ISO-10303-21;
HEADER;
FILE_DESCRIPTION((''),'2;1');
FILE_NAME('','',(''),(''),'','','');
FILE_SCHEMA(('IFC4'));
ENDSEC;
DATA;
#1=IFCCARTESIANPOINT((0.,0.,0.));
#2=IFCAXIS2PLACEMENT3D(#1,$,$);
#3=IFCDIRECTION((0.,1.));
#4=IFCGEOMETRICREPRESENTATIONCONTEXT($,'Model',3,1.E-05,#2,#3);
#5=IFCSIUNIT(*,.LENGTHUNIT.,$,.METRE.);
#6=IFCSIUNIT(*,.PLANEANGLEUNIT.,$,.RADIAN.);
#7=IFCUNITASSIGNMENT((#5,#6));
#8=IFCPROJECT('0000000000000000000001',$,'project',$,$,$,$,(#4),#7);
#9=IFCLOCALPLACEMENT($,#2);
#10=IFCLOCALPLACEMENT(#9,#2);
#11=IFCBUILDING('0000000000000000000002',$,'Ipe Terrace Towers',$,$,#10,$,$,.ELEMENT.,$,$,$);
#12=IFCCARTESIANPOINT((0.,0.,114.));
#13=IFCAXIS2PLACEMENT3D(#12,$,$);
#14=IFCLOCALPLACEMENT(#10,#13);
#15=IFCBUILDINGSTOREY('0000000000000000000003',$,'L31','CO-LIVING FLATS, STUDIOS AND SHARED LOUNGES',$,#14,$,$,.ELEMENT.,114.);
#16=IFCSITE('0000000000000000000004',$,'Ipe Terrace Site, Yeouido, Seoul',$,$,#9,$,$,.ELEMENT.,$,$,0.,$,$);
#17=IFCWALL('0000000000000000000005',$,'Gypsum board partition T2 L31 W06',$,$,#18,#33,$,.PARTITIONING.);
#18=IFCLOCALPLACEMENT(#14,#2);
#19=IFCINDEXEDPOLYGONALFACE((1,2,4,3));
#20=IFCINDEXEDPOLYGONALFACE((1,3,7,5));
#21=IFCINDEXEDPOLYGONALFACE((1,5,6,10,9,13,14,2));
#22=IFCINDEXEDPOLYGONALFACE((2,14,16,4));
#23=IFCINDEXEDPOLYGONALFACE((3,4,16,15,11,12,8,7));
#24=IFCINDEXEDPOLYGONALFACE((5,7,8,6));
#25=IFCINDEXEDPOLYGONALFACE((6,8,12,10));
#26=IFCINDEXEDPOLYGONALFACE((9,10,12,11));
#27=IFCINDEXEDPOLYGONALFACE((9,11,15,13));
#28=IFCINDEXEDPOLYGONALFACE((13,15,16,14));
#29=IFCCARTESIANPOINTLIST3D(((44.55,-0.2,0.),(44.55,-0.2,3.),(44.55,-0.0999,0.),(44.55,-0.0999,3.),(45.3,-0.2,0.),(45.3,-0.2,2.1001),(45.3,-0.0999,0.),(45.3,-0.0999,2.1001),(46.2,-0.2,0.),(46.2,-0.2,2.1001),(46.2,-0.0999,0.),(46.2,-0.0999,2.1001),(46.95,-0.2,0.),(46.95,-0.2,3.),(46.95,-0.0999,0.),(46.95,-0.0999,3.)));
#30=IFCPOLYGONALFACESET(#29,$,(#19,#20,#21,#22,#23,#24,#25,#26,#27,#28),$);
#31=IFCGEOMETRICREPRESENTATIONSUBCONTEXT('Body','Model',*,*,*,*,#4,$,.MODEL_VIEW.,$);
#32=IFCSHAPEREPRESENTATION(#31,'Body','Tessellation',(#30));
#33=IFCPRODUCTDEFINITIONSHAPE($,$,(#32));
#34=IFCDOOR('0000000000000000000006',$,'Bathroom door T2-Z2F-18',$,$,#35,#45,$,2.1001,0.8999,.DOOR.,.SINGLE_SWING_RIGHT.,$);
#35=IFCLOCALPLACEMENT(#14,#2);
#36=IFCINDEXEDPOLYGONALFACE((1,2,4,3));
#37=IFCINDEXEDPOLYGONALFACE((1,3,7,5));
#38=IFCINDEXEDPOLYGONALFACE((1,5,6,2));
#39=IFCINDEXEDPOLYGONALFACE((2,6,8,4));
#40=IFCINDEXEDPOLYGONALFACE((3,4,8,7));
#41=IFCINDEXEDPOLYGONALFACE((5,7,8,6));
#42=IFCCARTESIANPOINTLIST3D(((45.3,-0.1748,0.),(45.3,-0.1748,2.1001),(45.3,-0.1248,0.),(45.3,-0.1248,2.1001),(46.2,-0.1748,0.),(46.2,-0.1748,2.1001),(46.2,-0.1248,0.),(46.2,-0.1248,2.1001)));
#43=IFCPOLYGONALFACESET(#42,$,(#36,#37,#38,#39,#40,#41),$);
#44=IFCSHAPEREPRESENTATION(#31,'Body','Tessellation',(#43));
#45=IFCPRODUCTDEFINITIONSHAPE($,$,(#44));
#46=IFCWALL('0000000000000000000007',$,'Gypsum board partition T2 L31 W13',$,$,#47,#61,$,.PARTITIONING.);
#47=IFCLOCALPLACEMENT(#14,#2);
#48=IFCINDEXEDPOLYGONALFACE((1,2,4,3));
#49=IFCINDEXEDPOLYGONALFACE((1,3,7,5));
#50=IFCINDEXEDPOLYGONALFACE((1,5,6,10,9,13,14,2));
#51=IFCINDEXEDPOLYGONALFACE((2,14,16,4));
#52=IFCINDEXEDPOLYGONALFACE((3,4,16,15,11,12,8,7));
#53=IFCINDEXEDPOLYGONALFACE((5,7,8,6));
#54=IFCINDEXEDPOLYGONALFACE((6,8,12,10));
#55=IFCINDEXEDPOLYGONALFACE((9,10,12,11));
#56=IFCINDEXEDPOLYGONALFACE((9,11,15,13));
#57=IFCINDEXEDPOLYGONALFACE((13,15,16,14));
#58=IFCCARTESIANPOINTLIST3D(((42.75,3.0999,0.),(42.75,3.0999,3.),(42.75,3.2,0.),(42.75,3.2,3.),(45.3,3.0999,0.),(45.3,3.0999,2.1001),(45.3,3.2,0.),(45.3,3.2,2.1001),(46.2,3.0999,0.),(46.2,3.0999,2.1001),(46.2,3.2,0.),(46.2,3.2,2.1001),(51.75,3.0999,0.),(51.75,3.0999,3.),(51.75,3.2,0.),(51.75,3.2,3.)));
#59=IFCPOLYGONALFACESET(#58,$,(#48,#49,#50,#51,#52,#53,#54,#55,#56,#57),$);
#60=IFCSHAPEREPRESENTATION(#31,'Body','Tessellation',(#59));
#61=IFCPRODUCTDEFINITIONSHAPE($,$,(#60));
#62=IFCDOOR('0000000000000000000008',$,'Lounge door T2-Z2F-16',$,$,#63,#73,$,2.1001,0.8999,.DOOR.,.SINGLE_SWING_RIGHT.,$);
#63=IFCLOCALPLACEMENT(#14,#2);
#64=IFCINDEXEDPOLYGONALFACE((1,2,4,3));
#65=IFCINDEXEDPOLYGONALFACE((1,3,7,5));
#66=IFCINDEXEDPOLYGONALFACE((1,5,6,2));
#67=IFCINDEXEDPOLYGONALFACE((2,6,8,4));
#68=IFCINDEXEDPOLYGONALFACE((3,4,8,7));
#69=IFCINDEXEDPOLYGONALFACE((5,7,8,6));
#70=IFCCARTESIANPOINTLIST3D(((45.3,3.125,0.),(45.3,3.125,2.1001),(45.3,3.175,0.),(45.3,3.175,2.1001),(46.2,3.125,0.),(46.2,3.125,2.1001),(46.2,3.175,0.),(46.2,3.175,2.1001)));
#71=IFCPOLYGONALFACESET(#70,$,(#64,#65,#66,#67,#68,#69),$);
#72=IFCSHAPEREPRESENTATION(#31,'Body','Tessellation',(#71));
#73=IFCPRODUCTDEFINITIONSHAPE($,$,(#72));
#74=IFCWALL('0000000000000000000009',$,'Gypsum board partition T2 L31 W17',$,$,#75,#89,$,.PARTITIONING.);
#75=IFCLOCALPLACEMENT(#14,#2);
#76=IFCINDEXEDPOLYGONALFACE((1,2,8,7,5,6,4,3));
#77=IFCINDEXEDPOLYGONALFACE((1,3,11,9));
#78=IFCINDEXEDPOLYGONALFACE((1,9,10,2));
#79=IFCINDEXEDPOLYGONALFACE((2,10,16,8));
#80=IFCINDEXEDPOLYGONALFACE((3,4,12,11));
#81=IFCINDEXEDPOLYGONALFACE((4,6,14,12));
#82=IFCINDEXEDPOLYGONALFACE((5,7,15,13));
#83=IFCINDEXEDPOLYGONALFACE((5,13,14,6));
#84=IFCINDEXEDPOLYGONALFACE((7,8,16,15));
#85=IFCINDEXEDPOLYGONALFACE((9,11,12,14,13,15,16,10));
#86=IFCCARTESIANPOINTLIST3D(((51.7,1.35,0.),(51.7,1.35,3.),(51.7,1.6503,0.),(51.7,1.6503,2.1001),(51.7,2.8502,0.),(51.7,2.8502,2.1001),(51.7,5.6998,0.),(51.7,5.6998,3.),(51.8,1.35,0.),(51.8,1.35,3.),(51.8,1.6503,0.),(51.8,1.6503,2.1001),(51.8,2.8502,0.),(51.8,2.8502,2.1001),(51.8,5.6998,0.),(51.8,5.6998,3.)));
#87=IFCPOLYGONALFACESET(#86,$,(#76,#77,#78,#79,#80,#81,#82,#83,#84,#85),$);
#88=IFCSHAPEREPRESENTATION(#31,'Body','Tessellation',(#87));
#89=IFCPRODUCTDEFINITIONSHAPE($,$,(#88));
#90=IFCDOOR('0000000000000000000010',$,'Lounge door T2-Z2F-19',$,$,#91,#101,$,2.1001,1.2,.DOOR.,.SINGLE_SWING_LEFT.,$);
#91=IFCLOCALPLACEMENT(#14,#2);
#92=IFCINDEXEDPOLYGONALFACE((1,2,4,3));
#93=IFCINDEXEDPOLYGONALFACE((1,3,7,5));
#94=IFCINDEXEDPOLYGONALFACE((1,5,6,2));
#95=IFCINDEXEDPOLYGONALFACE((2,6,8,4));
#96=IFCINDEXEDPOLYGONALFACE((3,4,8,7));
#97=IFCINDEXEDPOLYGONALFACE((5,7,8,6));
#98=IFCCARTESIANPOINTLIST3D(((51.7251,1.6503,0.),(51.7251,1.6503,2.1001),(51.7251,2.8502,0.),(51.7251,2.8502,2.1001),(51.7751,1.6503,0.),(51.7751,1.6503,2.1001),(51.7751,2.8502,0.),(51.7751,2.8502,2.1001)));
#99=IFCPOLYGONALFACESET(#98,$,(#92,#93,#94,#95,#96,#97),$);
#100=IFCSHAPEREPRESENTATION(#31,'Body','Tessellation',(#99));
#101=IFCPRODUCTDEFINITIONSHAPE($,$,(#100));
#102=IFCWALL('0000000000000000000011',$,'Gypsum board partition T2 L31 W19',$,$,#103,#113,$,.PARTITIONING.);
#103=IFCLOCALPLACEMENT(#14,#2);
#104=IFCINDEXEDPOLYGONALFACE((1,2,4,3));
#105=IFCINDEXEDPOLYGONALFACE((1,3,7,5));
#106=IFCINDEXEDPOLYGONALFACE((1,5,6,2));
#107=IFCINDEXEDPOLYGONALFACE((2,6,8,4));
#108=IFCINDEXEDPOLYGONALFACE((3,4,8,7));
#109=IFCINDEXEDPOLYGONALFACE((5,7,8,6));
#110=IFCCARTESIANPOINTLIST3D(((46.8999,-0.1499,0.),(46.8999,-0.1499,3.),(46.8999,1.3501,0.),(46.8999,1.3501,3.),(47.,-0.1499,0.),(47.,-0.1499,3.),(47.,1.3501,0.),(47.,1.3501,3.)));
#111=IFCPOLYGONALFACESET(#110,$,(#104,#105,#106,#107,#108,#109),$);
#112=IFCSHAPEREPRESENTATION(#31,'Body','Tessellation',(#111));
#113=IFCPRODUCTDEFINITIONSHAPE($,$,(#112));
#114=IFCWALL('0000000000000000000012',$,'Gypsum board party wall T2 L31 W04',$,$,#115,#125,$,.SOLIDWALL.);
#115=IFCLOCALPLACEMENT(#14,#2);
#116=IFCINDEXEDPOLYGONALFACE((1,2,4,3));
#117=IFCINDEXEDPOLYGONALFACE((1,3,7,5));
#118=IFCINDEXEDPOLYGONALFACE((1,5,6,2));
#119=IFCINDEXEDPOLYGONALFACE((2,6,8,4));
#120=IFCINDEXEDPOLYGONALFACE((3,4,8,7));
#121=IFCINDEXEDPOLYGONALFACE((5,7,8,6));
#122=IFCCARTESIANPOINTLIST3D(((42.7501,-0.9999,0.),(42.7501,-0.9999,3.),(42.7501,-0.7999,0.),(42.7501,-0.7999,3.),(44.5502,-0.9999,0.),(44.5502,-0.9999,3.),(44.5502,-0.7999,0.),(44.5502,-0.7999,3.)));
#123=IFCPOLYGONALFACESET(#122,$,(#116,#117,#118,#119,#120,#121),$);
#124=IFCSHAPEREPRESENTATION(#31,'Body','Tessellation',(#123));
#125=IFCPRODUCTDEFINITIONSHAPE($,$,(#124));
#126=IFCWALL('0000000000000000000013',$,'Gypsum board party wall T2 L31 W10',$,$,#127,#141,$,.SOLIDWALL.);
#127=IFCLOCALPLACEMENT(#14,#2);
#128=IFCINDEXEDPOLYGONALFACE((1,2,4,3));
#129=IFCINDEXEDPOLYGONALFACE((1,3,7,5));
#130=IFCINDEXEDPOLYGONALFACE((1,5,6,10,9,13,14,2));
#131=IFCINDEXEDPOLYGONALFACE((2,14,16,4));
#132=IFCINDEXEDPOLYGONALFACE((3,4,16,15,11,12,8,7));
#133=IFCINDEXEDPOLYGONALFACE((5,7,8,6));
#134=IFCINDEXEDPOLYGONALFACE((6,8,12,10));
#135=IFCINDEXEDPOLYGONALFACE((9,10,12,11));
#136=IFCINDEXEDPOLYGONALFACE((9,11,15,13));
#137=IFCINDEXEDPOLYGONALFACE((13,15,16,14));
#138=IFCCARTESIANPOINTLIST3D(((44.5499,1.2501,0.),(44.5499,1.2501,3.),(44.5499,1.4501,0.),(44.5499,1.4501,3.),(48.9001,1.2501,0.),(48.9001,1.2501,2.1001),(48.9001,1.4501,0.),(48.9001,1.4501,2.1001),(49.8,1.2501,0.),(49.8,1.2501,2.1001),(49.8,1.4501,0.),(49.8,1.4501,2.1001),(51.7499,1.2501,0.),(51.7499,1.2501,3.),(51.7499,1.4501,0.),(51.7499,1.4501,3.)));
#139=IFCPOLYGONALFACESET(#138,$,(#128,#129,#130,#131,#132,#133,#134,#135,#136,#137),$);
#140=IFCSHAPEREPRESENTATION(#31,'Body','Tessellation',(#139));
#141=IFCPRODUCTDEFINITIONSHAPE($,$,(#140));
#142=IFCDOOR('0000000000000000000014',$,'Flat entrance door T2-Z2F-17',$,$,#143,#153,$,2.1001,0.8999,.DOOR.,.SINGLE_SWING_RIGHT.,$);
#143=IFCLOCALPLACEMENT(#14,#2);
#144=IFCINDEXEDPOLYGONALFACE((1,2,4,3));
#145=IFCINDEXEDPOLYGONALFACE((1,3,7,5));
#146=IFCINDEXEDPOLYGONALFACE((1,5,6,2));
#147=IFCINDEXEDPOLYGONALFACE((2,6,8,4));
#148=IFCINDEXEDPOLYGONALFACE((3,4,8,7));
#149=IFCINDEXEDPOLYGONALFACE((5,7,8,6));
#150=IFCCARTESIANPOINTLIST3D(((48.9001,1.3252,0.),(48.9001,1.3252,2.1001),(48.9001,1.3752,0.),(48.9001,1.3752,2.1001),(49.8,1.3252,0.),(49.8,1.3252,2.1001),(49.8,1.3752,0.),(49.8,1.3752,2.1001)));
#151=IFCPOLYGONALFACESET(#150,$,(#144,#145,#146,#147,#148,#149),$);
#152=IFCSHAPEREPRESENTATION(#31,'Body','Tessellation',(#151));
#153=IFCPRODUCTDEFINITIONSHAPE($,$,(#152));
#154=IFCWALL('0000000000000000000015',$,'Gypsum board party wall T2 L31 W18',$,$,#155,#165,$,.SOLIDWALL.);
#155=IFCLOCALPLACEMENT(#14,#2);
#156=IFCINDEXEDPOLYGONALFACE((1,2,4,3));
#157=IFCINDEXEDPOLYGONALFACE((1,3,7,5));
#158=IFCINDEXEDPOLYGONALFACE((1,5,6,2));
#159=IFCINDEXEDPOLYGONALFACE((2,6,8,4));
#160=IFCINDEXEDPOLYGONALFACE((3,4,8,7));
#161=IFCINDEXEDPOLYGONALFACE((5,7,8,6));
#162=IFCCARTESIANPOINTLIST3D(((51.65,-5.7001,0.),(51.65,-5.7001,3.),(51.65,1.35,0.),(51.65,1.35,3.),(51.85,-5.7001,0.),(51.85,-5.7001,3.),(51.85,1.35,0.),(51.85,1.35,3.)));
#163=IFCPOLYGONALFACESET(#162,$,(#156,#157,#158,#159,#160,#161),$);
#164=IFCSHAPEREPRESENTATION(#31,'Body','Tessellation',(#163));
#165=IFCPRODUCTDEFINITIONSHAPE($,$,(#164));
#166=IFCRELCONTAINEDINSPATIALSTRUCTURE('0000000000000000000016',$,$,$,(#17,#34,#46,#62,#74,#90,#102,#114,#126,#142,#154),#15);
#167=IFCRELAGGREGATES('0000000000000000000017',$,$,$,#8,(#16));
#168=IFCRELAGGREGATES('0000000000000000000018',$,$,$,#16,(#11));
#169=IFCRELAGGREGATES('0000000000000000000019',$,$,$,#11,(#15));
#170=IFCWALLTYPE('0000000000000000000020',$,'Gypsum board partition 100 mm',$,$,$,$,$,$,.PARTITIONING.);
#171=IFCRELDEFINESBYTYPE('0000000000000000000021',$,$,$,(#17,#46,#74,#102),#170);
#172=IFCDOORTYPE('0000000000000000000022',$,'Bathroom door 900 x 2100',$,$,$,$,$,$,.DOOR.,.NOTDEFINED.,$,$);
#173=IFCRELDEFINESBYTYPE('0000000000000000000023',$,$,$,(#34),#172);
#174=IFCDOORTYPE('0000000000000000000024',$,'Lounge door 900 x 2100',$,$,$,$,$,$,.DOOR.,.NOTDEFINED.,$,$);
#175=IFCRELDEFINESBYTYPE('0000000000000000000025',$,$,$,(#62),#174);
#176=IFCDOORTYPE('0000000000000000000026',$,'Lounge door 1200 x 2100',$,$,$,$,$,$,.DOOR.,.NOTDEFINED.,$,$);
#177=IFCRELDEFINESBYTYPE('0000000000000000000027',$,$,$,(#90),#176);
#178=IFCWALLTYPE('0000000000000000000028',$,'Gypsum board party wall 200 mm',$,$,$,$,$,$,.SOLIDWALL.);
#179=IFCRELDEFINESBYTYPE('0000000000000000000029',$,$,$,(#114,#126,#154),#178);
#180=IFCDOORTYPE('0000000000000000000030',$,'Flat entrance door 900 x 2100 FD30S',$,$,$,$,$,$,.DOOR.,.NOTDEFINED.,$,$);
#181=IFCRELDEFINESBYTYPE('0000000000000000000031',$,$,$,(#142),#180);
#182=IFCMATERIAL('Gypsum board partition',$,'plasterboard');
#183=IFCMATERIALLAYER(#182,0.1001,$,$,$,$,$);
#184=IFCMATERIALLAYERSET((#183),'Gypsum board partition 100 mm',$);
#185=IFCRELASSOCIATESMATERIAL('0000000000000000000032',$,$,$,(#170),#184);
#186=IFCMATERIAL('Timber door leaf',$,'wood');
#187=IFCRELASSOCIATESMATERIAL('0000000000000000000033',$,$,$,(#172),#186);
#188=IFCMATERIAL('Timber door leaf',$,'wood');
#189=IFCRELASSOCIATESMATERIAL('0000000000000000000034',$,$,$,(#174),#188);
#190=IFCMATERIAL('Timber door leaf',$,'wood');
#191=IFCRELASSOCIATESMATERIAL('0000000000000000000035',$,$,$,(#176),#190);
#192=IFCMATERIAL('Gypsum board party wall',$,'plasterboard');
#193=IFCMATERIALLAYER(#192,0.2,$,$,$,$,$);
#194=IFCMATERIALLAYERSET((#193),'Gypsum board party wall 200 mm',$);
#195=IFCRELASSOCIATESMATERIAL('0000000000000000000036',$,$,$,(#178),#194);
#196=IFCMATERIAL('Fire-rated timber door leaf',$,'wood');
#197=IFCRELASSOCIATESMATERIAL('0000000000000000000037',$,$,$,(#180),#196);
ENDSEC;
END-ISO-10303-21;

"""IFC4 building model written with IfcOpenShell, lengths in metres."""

from ifc_helpers import new_model, si_unit, direction, frame, frame_2d, origin, place, context, subcontext, project, spatial, rectangle, extrude, material, layer, layer_set, type_object, element, fill, save


model = new_model("IFC4")

# Units and contexts
model_context = context("Model", 3, precision=1e-05, world=origin(), true_north=direction((0.0, 1.0)))
body_context = subcontext(model_context, "Body", "Model", "MODEL_VIEW")
ifc_project = project(units=[si_unit("LENGTHUNIT", "METRE"), si_unit("PLANEANGLEUNIT", "RADIAN")], contexts=[model_context])

# Site, building, storey
site_placement = place(None, origin())
site = spatial("IfcSite", under=ifc_project, at=site_placement, Name="Ipe Terrace Site, Yeouido, Seoul", CompositionType="ELEMENT", RefElevation=0.0)
building_placement = place(site_placement, origin())
building = spatial("IfcBuilding", under=site, at=building_placement, Name="Ipe Terrace Towers", CompositionType="ELEMENT")
storey_placement = place(building_placement, frame((0.0, 0.0, 114.0)))
storey = spatial("IfcBuildingStorey", under=building, at=storey_placement, Name="L31", Description="CO-LIVING FLATS, STUDIOS AND SHARED LOUNGES", CompositionType="ELEMENT", Elevation=114.0)

# Walls, openings, doors
ifc_material_1 = material(Name="Gypsum board partition", Category="plasterboard")
ifc_layer_1 = layer(ifc_material_1, 0.1001)
ifc_layer_set_1 = layer_set([ifc_layer_1], Name="Gypsum board partition 100 mm")
wall_type_1 = type_object("IfcWallType", Name="Gypsum board partition 100 mm", PredefinedType="PARTITIONING", material=ifc_layer_set_1)
wall_1_placement = place(storey_placement, frame((46.95, -0.1499, 0.0), z_axis=(0.0, 0.0, 1.0), x_axis=(-1.0, 0.0, 0.0)))
wall_1 = element("IfcWall", 1, at=wall_1_placement, inside=storey, type_object=wall_type_1, Name="Gypsum board partition T2 L31 W06", PredefinedType="PARTITIONING", context=body_context, shape_type="SweptSolid", body=[
    extrude(rectangle(XDim=2.3999, YDim=0.1001, at=frame_2d((1.2, 0.0))), origin(), (0.0, 0.0, 1.0), 3.0),
])
opening_1_placement = place(wall_1_placement, frame((0.75, 0.0, 0.0)))
opening_1 = element("IfcOpeningElement", 2, at=opening_1_placement, cuts=wall_1, PredefinedType="OPENING", context=body_context, shape_type="SweptSolid", body=[
    extrude(rectangle(XDim=0.8999, YDim=2.1001, at=frame_2d((0.45, 1.05))), frame((0.0, 0.0601, 0.0), z_axis=(0.0, -1.0, 0.0), x_axis=(1.0, 0.0, 0.0)), (0.0, 0.0, 1.0), 0.1201),
])
ifc_material_2 = material(Name="Timber door leaf", Category="wood")
door_type_1 = type_object("IfcDoorType", Name="Bathroom door 900 x 2100", OperationType="NOTDEFINED", PredefinedType="DOOR", material=ifc_material_2)
door_1_placement = place(opening_1_placement, origin())
door_1 = element("IfcDoor", 3, at=door_1_placement, inside=storey, type_object=door_type_1, Name="Bathroom door T2-Z2F-18", OperationType="SINGLE_SWING_RIGHT", OverallHeight=2.1001, OverallWidth=0.8999, PredefinedType="DOOR", context=body_context, shape_type="SweptSolid", body=[
    extrude(rectangle(XDim=0.8999, YDim=2.1001, at=frame_2d((0.45, 1.05))), frame((0.0, 0.0249, 0.0), z_axis=(0.0, -1.0, 0.0), x_axis=(1.0, 0.0, 0.0)), (0.0, 0.0, 1.0), 0.05),
])
fill(opening_1, door_1)
wall_2_placement = place(storey_placement, frame((51.75, 3.1499, 0.0), z_axis=(0.0, 0.0, 1.0), x_axis=(-1.0, 0.0, 0.0)))
wall_2 = element("IfcWall", 4, at=wall_2_placement, inside=storey, type_object=wall_type_1, Name="Gypsum board partition T2 L31 W13", PredefinedType="PARTITIONING", context=body_context, shape_type="SweptSolid", body=[
    extrude(rectangle(XDim=9.0, YDim=0.1001, at=frame_2d((4.5, 0.0))), origin(), (0.0, 0.0, 1.0), 3.0),
])
opening_2_placement = place(wall_2_placement, frame((5.55, 0.0, 0.0)))
opening_2 = element("IfcOpeningElement", 5, at=opening_2_placement, cuts=wall_2, PredefinedType="OPENING", context=body_context, shape_type="SweptSolid", body=[
    extrude(rectangle(XDim=0.8999, YDim=2.1001, at=frame_2d((0.45, 1.05))), frame((0.0, 0.0601, 0.0), z_axis=(0.0, -1.0, 0.0), x_axis=(1.0, 0.0, 0.0)), (0.0, 0.0, 1.0), 0.1201),
])
ifc_material_3 = material(Name="Timber door leaf", Category="wood")
door_type_2 = type_object("IfcDoorType", Name="Lounge door 900 x 2100", OperationType="NOTDEFINED", PredefinedType="DOOR", material=ifc_material_3)
door_2_placement = place(opening_2_placement, origin())
door_2 = element("IfcDoor", 6, at=door_2_placement, inside=storey, type_object=door_type_2, Name="Lounge door T2-Z2F-16", OperationType="SINGLE_SWING_RIGHT", OverallHeight=2.1001, OverallWidth=0.8999, PredefinedType="DOOR", context=body_context, shape_type="SweptSolid", body=[
    extrude(rectangle(XDim=0.8999, YDim=2.1001, at=frame_2d((0.45, 1.05))), frame((0.0, 0.0249, 0.0), z_axis=(0.0, -1.0, 0.0), x_axis=(1.0, 0.0, 0.0)), (0.0, 0.0, 1.0), 0.05),
])
fill(opening_2, door_2)
wall_3_placement = place(storey_placement, frame((51.75, 1.3501, 0.0), z_axis=(0.0, 0.0, 1.0), x_axis=(0.0, 1.0, 0.0)))
wall_3 = element("IfcWall", 7, at=wall_3_placement, inside=storey, type_object=wall_type_1, Name="Gypsum board partition T2 L31 W17", PredefinedType="PARTITIONING", context=body_context, shape_type="SweptSolid", body=[
    extrude(rectangle(XDim=4.3499, YDim=0.1001, at=frame_2d((2.1748, 0.0))), origin(), (0.0, 0.0, 1.0), 3.0),
])
opening_3_placement = place(wall_3_placement, frame((0.3, 0.0, 0.0)))
opening_3 = element("IfcOpeningElement", 8, at=opening_3_placement, cuts=wall_3, PredefinedType="OPENING", context=body_context, shape_type="SweptSolid", body=[
    extrude(rectangle(XDim=1.2, YDim=2.1001, at=frame_2d((0.6001, 1.05))), frame((0.0, 0.0601, 0.0), z_axis=(0.0, -1.0, 0.0), x_axis=(1.0, 0.0, 0.0)), (0.0, 0.0, 1.0), 0.1201),
])
ifc_material_4 = material(Name="Timber door leaf", Category="wood")
door_type_3 = type_object("IfcDoorType", Name="Lounge door 1200 x 2100", OperationType="NOTDEFINED", PredefinedType="DOOR", material=ifc_material_4)
door_3_placement = place(opening_3_placement, origin())
door_3 = element("IfcDoor", 9, at=door_3_placement, inside=storey, type_object=door_type_3, Name="Lounge door T2-Z2F-19", OperationType="SINGLE_SWING_LEFT", OverallHeight=2.1001, OverallWidth=1.2, PredefinedType="DOOR", context=body_context, shape_type="SweptSolid", body=[
    extrude(rectangle(XDim=1.2, YDim=2.1001, at=frame_2d((0.6001, 1.05))), frame((0.0, 0.0249, 0.0), z_axis=(0.0, -1.0, 0.0), x_axis=(1.0, 0.0, 0.0)), (0.0, 0.0, 1.0), 0.05),
])
fill(opening_3, door_3)

# Walls
wall_4_placement = place(storey_placement, frame((46.95, -0.1499, 0.0), z_axis=(0.0, 0.0, 1.0), x_axis=(0.0, 1.0, 0.0)))
element("IfcWall", 10, at=wall_4_placement, inside=storey, type_object=wall_type_1, Name="Gypsum board partition T2 L31 W19", PredefinedType="PARTITIONING", context=body_context, shape_type="SweptSolid", body=[
    extrude(rectangle(XDim=1.5, YDim=0.1001, at=frame_2d((0.75, 0.0))), origin(), (0.0, 0.0, 1.0), 3.0),
])
ifc_material_5 = material(Name="Gypsum board party wall", Category="plasterboard")
ifc_layer_2 = layer(ifc_material_5, 0.2)
ifc_layer_set_2 = layer_set([ifc_layer_2], Name="Gypsum board party wall 200 mm")
wall_type_2 = type_object("IfcWallType", Name="Gypsum board party wall 200 mm", PredefinedType="SOLIDWALL", material=ifc_layer_set_2)
wall_5_placement = place(storey_placement, frame((44.55, -0.8999, 0.0), z_axis=(0.0, 0.0, 1.0), x_axis=(-1.0, 0.0, 0.0)))
element("IfcWall", 11, at=wall_5_placement, inside=storey, type_object=wall_type_2, Name="Gypsum board party wall T2 L31 W04", PredefinedType="SOLIDWALL", context=body_context, shape_type="SweptSolid", body=[
    extrude(rectangle(XDim=1.8, YDim=0.2, at=frame_2d((0.8999, 0.0))), origin(), (0.0, 0.0, 1.0), 3.0),
])

# Wall, opening, door
wall_6_placement = place(storey_placement, frame((51.75, 1.3501, 0.0), z_axis=(0.0, 0.0, 1.0), x_axis=(-1.0, 0.0, 0.0)))
wall_6 = element("IfcWall", 12, at=wall_6_placement, inside=storey, type_object=wall_type_2, Name="Gypsum board party wall T2 L31 W10", PredefinedType="SOLIDWALL", context=body_context, shape_type="SweptSolid", body=[
    extrude(rectangle(XDim=7.2, YDim=0.2, at=frame_2d((3.6001, 0.0))), origin(), (0.0, 0.0, 1.0), 3.0),
])
opening_4_placement = place(wall_6_placement, frame((1.95, 0.0, 0.0)))
opening_4 = element("IfcOpeningElement", 13, at=opening_4_placement, cuts=wall_6, PredefinedType="OPENING", context=body_context, shape_type="SweptSolid", body=[
    extrude(rectangle(XDim=0.8999, YDim=2.1001, at=frame_2d((0.45, 1.05))), frame((0.0, 0.1099, 0.0), z_axis=(0.0, -1.0, 0.0), x_axis=(1.0, 0.0, 0.0)), (0.0, 0.0, 1.0), 0.22),
])
ifc_material_6 = material(Name="Fire-rated timber door leaf", Category="wood")
door_type_4 = type_object("IfcDoorType", Name="Flat entrance door 900 x 2100 FD30S", OperationType="NOTDEFINED", PredefinedType="DOOR", material=ifc_material_6)
door_4_placement = place(opening_4_placement, origin())
door_4 = element("IfcDoor", 14, at=door_4_placement, inside=storey, type_object=door_type_4, Name="Flat entrance door T2-Z2F-17", OperationType="SINGLE_SWING_RIGHT", OverallHeight=2.1001, OverallWidth=0.8999, PredefinedType="DOOR", context=body_context, shape_type="SweptSolid", body=[
    extrude(rectangle(XDim=0.8999, YDim=2.1001, at=frame_2d((0.45, 1.05))), frame((0.0, 0.0249, 0.0), z_axis=(0.0, -1.0, 0.0), x_axis=(1.0, 0.0, 0.0)), (0.0, 0.0, 1.0), 0.05),
])
fill(opening_4, door_4)

# Wall
wall_7_placement = place(storey_placement, frame((51.75, -5.7, 0.0), z_axis=(0.0, 0.0, 1.0), x_axis=(0.0, 1.0, 0.0)))
element("IfcWall", 15, at=wall_7_placement, inside=storey, type_object=wall_type_2, Name="Gypsum board party wall T2 L31 W18", PredefinedType="SOLIDWALL", context=body_context, shape_type="SweptSolid", body=[
    extrude(rectangle(XDim=7.05, YDim=0.2, at=frame_2d((3.5249, 0.0))), origin(), (0.0, 0.0, 1.0), 3.0),
])

save(model, "model.ifc")
